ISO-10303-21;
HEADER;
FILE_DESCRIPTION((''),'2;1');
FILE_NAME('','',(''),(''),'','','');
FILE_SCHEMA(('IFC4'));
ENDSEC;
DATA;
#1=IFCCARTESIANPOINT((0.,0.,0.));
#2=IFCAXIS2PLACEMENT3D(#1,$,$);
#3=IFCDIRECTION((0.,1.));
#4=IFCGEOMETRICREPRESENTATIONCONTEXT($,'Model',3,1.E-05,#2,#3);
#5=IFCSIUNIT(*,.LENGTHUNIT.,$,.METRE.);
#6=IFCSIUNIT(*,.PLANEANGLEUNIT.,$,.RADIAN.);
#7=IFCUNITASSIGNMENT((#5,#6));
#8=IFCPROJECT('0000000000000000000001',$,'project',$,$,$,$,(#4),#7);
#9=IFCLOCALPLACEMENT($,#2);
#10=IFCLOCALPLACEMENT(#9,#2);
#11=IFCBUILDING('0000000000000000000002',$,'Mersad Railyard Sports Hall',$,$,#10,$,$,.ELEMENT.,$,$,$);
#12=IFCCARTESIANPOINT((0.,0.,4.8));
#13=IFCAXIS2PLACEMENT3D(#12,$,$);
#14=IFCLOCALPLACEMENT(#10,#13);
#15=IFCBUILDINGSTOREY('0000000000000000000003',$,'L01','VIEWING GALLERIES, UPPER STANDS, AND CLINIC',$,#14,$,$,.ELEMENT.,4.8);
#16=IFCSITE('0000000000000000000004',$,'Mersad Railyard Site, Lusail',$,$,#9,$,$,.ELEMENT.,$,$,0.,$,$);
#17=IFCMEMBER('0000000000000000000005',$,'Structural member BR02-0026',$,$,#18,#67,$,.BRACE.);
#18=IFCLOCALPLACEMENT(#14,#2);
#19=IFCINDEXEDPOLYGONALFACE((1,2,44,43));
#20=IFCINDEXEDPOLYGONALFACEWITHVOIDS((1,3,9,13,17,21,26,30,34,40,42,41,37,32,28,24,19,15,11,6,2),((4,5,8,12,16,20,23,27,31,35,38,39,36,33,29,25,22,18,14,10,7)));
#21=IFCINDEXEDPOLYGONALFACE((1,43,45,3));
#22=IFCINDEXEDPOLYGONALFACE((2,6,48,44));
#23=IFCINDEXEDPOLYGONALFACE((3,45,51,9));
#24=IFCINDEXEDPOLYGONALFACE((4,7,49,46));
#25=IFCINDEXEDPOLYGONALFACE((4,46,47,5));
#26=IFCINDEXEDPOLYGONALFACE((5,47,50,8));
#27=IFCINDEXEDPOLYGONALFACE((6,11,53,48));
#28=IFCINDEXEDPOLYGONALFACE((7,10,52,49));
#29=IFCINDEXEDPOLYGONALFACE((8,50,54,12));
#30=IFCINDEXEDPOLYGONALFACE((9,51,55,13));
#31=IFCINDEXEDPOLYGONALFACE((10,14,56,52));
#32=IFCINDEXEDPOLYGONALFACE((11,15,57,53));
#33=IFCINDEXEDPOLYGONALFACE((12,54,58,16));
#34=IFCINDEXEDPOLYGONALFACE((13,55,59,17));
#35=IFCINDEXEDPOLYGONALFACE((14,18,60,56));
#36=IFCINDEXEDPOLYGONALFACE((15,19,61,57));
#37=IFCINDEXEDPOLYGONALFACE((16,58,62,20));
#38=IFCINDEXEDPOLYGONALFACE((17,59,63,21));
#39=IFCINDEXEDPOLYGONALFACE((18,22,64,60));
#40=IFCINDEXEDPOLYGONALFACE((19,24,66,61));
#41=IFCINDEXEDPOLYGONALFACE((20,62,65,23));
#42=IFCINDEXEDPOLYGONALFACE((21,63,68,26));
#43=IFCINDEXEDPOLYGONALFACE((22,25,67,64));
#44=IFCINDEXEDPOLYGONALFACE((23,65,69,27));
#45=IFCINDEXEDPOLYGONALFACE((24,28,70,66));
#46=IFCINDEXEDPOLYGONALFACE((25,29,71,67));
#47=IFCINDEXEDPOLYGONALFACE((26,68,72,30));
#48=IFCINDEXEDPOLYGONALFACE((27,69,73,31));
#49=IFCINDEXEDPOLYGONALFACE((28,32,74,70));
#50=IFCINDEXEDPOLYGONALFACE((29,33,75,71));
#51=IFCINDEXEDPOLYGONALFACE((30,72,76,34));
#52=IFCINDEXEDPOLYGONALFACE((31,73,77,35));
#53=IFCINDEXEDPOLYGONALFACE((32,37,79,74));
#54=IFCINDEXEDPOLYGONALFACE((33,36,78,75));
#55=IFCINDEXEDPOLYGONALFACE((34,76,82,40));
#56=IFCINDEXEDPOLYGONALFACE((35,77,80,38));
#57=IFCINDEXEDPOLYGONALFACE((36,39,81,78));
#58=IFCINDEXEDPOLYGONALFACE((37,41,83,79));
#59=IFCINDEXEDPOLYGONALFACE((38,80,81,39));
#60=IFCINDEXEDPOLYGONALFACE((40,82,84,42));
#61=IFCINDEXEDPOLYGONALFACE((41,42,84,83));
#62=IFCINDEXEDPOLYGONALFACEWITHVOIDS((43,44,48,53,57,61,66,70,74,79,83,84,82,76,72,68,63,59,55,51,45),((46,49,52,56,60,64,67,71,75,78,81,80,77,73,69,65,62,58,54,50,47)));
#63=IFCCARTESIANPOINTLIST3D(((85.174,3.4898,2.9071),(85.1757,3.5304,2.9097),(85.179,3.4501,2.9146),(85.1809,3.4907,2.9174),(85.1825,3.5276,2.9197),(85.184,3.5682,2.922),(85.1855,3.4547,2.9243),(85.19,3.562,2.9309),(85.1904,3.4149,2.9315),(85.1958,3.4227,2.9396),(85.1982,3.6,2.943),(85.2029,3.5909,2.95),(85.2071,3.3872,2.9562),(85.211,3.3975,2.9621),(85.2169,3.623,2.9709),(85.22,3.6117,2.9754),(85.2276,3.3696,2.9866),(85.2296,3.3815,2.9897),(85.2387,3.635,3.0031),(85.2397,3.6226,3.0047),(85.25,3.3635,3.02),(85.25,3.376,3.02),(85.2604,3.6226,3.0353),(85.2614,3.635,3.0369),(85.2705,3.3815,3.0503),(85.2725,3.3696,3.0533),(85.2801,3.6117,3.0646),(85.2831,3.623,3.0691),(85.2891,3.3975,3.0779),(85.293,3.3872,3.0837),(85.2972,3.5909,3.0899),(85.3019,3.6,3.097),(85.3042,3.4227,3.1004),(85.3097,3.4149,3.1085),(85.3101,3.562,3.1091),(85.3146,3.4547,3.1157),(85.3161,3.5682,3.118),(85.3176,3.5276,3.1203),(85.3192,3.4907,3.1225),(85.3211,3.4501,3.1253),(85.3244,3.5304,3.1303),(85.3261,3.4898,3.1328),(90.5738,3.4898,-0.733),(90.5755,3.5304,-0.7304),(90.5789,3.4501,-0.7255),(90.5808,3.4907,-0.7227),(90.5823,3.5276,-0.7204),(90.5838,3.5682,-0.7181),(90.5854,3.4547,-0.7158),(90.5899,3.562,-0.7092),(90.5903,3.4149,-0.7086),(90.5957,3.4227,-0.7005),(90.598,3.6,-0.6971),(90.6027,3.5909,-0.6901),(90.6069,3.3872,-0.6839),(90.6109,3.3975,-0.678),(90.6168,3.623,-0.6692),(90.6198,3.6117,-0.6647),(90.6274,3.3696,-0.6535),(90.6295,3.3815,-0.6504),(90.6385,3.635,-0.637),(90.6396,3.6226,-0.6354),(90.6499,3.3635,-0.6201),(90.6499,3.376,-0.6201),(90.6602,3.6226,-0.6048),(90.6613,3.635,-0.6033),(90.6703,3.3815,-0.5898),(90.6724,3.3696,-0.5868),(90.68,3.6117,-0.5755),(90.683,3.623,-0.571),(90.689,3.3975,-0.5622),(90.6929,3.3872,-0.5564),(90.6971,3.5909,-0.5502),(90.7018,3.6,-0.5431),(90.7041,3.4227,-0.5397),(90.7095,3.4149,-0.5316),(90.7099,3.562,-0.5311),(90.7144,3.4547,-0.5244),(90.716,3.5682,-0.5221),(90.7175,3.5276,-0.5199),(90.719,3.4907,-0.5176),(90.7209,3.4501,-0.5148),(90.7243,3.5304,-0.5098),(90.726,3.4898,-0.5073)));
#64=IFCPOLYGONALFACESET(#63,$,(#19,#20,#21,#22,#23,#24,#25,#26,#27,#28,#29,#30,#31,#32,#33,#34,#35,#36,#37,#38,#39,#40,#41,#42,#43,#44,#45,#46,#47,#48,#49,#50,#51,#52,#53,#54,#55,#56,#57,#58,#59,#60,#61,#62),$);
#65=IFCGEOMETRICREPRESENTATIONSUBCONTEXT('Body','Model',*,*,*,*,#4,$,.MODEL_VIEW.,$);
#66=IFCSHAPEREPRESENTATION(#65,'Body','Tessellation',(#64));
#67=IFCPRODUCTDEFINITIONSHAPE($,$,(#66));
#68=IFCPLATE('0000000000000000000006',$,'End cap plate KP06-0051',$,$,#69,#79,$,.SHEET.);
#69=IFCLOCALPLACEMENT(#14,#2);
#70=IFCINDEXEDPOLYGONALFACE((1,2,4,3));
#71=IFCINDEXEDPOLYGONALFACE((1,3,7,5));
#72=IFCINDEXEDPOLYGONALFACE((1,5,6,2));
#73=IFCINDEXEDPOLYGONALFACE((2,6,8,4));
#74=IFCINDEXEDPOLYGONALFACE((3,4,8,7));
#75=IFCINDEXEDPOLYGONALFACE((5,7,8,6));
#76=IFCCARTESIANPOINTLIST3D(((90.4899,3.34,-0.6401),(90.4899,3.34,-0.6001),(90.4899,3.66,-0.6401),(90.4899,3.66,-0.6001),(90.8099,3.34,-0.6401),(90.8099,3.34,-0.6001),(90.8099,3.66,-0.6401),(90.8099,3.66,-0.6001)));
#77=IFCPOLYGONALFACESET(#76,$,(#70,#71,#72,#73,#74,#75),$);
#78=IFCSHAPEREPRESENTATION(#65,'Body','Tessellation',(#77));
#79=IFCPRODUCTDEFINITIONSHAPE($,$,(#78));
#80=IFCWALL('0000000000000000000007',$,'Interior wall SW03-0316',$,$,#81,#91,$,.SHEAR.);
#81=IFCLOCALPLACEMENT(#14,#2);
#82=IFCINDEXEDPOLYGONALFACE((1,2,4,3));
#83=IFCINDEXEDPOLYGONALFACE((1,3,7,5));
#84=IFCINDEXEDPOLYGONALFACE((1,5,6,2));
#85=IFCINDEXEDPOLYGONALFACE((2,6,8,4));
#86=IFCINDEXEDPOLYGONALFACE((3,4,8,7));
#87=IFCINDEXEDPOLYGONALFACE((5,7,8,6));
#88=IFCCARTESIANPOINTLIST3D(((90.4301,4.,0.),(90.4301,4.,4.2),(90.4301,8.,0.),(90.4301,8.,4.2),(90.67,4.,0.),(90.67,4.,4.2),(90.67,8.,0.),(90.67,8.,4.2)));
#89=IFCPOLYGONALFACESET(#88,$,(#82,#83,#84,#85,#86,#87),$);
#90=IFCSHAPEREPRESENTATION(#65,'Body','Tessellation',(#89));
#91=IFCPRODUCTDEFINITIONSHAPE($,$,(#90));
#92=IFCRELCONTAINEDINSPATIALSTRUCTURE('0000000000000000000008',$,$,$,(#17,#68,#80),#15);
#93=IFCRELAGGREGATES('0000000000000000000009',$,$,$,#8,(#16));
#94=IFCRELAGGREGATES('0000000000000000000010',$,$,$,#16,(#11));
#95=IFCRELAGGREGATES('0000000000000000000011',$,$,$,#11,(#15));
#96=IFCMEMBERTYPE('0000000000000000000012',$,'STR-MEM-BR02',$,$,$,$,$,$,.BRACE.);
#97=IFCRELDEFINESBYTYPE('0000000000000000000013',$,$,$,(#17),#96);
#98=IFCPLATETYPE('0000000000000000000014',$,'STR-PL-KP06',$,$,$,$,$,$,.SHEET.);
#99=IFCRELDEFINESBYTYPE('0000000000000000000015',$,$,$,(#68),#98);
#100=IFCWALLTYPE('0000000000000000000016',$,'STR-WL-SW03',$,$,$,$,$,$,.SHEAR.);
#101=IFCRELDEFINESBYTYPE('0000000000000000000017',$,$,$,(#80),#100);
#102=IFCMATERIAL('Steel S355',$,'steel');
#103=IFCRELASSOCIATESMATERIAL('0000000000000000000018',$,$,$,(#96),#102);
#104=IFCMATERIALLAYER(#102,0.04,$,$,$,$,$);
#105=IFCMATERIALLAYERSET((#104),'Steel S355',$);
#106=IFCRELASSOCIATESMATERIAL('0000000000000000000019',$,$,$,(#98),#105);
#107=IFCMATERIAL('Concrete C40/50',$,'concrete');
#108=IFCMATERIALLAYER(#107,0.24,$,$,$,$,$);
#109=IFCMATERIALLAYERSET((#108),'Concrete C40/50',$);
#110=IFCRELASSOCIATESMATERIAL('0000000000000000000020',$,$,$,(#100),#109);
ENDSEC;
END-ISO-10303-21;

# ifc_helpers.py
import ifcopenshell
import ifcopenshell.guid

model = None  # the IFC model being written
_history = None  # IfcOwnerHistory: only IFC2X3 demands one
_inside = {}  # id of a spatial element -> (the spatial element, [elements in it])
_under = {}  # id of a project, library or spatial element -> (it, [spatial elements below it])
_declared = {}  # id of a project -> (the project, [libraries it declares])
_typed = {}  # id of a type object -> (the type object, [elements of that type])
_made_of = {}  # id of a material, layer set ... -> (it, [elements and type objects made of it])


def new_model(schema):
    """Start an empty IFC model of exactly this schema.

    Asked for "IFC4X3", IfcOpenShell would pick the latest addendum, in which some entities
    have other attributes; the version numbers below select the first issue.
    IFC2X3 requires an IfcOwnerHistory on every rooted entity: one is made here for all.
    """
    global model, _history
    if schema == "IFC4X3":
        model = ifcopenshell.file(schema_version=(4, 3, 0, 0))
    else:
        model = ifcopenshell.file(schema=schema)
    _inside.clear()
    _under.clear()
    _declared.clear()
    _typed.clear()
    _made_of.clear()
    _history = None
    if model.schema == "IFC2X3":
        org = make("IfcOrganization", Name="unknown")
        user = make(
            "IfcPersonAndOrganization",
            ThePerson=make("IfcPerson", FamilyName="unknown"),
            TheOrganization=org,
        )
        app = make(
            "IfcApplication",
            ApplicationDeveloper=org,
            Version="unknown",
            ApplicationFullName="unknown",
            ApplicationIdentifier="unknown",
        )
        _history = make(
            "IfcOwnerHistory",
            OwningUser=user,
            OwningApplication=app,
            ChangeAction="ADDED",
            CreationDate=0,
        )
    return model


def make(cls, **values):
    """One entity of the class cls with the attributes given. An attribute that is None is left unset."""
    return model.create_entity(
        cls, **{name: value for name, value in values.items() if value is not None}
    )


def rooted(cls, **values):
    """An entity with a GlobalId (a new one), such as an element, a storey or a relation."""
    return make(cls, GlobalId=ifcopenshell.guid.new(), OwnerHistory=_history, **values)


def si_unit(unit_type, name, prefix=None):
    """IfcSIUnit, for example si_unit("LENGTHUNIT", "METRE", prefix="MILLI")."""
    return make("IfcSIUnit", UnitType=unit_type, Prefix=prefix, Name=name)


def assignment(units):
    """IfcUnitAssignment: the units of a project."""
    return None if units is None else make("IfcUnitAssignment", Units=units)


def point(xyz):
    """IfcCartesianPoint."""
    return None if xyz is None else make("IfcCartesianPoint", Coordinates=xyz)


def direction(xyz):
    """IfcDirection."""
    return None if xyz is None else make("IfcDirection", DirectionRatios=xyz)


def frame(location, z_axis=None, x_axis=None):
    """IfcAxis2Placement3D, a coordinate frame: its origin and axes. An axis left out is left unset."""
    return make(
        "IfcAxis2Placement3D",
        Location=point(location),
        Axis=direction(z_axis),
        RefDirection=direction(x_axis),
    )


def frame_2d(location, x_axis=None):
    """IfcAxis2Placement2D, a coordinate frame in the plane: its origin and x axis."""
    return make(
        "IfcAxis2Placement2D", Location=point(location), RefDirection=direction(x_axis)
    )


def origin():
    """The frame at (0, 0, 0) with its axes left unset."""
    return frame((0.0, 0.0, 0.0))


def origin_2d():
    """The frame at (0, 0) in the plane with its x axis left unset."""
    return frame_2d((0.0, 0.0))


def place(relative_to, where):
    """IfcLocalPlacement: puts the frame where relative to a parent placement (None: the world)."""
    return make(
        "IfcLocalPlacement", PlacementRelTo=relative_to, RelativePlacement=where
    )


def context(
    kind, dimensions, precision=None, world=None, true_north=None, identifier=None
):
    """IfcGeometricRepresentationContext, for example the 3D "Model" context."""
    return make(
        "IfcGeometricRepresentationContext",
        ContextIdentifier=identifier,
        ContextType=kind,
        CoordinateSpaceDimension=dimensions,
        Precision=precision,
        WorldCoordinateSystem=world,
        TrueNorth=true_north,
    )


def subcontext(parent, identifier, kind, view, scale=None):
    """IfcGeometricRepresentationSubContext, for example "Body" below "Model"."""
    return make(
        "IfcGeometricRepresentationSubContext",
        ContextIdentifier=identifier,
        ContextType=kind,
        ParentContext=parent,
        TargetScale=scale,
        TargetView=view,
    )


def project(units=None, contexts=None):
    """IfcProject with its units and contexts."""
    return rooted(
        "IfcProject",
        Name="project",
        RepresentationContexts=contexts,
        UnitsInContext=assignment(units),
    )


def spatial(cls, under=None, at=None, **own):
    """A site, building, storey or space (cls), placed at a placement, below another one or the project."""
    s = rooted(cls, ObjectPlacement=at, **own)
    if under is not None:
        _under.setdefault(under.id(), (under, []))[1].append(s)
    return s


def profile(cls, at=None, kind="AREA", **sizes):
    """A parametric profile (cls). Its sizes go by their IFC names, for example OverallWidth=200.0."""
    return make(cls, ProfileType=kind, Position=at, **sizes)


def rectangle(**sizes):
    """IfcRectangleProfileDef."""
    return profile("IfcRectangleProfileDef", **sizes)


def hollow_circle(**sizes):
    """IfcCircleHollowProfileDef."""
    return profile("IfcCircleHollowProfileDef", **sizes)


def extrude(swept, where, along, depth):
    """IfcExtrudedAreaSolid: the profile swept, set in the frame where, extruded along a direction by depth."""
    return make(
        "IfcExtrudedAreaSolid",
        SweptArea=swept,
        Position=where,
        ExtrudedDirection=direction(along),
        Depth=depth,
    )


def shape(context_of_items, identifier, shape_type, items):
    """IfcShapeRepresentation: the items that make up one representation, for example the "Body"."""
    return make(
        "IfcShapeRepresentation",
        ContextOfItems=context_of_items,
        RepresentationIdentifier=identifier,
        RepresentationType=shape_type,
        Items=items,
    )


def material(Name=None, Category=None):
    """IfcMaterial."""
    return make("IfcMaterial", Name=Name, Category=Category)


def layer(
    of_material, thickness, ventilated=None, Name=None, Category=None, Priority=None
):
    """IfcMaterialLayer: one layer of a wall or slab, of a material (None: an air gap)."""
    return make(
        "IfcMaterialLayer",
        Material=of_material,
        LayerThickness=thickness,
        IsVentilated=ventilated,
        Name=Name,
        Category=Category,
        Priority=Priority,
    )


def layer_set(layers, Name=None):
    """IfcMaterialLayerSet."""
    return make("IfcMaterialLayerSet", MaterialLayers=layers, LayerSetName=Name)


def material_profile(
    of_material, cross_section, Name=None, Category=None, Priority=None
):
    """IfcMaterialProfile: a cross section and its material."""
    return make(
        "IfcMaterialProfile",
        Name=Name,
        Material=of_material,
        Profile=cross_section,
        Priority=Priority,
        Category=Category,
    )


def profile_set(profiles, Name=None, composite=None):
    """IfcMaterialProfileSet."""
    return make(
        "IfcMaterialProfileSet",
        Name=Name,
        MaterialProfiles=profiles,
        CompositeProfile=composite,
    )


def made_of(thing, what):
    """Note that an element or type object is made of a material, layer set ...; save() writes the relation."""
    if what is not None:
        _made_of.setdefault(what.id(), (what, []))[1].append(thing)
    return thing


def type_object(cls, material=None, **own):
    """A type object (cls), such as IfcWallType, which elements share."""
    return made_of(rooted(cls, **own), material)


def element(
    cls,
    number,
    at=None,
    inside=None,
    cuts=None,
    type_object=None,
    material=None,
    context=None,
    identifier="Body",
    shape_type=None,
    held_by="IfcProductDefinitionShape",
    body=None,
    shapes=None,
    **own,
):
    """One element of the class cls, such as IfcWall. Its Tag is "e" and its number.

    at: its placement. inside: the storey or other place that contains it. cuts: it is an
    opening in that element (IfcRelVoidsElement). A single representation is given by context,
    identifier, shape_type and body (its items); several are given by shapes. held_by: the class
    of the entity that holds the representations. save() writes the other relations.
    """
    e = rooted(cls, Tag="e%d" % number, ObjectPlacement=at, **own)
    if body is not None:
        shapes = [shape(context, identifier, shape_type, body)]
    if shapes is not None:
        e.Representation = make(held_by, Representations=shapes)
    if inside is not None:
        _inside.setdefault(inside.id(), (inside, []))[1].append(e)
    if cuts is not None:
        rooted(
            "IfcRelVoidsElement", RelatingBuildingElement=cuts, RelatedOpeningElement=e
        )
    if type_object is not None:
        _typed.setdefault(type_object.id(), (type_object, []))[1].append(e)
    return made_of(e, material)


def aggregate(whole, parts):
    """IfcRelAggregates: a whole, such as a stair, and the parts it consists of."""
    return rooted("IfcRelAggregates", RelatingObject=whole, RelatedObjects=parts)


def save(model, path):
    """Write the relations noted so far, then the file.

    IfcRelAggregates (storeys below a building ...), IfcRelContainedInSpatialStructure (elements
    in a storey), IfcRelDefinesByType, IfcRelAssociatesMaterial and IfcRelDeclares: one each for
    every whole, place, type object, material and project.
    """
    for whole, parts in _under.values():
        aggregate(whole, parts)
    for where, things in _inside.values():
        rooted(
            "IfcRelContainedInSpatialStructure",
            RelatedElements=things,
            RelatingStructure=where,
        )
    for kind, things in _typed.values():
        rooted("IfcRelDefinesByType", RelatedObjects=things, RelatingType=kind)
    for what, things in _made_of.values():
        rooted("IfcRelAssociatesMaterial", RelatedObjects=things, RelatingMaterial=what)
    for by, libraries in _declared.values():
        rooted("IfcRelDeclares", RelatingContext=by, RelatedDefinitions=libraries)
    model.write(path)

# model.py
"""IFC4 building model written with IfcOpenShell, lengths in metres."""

from ifc_helpers import new_model, si_unit, direction, frame, frame_2d, origin, origin_2d, place, context, subcontext, project, spatial, rectangle, hollow_circle, extrude, material, layer, layer_set, material_profile, profile_set, type_object, element, save


model = new_model("IFC4")

# Units and contexts
model_context = context("Model", 3, precision=1e-05, world=origin(), true_north=direction((0.0, 1.0)))
body_context = subcontext(model_context, "Body", "Model", "MODEL_VIEW")
ifc_project = project(units=[si_unit("LENGTHUNIT", "METRE"), si_unit("PLANEANGLEUNIT", "RADIAN")], contexts=[model_context])

# Site, building, storey
site_placement = place(None, origin())
site = spatial("IfcSite", under=ifc_project, at=site_placement, Name="Mersad Railyard Site, Lusail", CompositionType="ELEMENT", RefElevation=0.0)
building_placement = place(site_placement, origin())
building = spatial("IfcBuilding", under=site, at=building_placement, Name="Mersad Railyard Sports Hall", CompositionType="ELEMENT")
storey_placement = place(building_placement, frame((0.0, 0.0, 4.8)))
storey = spatial("IfcBuildingStorey", under=building, at=storey_placement, Name="L01", Description="VIEWING GALLERIES, UPPER STANDS, AND CLINIC", CompositionType="ELEMENT", Elevation=4.8)

# Shared definitions
ifc_material_1 = material(Name="Concrete C40/50", Category="concrete")

# Member
ifc_material_2 = material(Name="Steel S355", Category="steel")
ifc_material_profile_1 = material_profile(ifc_material_2, hollow_circle(Radius=0.1365, WallThickness=0.0125, at=origin_2d()), Name="CHS 273x12.5")
ifc_profile_set_1 = profile_set([ifc_material_profile_1], Name="Steel S355")
member_type_1 = type_object("IfcMemberType", Name="STR-MEM-BR02", PredefinedType="BRACE", material=ifc_profile_set_1)
member_1_placement = place(storey_placement, frame((90.6499, 3.5, -0.6201), z_axis=(-0.82919, 0.0, 0.558967), x_axis=(0.0, -1.0, 0.0)))
element("IfcMember", 1, at=member_1_placement, inside=storey, type_object=member_type_1, Name="Structural member BR02-0026", PredefinedType="BRACE", context=body_context, shape_type="SweptSolid", body=[
    extrude(hollow_circle(Radius=0.1365, WallThickness=0.0125, at=origin_2d()), origin(), (0.0, 0.0, 1.0), 6.5122),
])

# Plate
ifc_layer_1 = layer(ifc_material_2, 0.04)
ifc_layer_set_1 = layer_set([ifc_layer_1], Name="Steel S355")
plate_type = type_object("IfcPlateType", Name="STR-PL-KP06", PredefinedType="SHEET", material=ifc_layer_set_1)
plate_placement = place(storey_placement, frame((90.6499, 3.5, -0.6401), z_axis=(0.0, 0.0, 1.0), x_axis=(1.0, 0.0, 0.0)))
element("IfcPlate", 2, at=plate_placement, inside=storey, type_object=plate_type, Name="End cap plate KP06-0051", PredefinedType="SHEET", context=body_context, shape_type="SweptSolid", body=[
    extrude(rectangle(XDim=0.3201, YDim=0.3201, at=origin_2d()), origin(), (0.0, 0.0, 1.0), 0.04),
])

# Wall
ifc_layer_2 = layer(ifc_material_1, 0.24)
ifc_layer_set_2 = layer_set([ifc_layer_2], Name="Concrete C40/50")
wall_type = type_object("IfcWallType", Name="STR-WL-SW03", PredefinedType="SHEAR", material=ifc_layer_set_2)
wall_placement = place(storey_placement, frame((90.55, 4.0, 0.0), z_axis=(0.0, 0.0, 1.0), x_axis=(0.0, 1.0, 0.0)))
element("IfcWall", 3, at=wall_placement, inside=storey, type_object=wall_type, Name="Interior wall SW03-0316", PredefinedType="SHEAR", context=body_context, shape_type="SweptSolid", body=[
    extrude(rectangle(XDim=4.0, YDim=0.24, at=frame_2d((2.0, 0.0))), origin(), (0.0, 0.0, 1.0), 4.2),
])

save(model, "model.ifc")
